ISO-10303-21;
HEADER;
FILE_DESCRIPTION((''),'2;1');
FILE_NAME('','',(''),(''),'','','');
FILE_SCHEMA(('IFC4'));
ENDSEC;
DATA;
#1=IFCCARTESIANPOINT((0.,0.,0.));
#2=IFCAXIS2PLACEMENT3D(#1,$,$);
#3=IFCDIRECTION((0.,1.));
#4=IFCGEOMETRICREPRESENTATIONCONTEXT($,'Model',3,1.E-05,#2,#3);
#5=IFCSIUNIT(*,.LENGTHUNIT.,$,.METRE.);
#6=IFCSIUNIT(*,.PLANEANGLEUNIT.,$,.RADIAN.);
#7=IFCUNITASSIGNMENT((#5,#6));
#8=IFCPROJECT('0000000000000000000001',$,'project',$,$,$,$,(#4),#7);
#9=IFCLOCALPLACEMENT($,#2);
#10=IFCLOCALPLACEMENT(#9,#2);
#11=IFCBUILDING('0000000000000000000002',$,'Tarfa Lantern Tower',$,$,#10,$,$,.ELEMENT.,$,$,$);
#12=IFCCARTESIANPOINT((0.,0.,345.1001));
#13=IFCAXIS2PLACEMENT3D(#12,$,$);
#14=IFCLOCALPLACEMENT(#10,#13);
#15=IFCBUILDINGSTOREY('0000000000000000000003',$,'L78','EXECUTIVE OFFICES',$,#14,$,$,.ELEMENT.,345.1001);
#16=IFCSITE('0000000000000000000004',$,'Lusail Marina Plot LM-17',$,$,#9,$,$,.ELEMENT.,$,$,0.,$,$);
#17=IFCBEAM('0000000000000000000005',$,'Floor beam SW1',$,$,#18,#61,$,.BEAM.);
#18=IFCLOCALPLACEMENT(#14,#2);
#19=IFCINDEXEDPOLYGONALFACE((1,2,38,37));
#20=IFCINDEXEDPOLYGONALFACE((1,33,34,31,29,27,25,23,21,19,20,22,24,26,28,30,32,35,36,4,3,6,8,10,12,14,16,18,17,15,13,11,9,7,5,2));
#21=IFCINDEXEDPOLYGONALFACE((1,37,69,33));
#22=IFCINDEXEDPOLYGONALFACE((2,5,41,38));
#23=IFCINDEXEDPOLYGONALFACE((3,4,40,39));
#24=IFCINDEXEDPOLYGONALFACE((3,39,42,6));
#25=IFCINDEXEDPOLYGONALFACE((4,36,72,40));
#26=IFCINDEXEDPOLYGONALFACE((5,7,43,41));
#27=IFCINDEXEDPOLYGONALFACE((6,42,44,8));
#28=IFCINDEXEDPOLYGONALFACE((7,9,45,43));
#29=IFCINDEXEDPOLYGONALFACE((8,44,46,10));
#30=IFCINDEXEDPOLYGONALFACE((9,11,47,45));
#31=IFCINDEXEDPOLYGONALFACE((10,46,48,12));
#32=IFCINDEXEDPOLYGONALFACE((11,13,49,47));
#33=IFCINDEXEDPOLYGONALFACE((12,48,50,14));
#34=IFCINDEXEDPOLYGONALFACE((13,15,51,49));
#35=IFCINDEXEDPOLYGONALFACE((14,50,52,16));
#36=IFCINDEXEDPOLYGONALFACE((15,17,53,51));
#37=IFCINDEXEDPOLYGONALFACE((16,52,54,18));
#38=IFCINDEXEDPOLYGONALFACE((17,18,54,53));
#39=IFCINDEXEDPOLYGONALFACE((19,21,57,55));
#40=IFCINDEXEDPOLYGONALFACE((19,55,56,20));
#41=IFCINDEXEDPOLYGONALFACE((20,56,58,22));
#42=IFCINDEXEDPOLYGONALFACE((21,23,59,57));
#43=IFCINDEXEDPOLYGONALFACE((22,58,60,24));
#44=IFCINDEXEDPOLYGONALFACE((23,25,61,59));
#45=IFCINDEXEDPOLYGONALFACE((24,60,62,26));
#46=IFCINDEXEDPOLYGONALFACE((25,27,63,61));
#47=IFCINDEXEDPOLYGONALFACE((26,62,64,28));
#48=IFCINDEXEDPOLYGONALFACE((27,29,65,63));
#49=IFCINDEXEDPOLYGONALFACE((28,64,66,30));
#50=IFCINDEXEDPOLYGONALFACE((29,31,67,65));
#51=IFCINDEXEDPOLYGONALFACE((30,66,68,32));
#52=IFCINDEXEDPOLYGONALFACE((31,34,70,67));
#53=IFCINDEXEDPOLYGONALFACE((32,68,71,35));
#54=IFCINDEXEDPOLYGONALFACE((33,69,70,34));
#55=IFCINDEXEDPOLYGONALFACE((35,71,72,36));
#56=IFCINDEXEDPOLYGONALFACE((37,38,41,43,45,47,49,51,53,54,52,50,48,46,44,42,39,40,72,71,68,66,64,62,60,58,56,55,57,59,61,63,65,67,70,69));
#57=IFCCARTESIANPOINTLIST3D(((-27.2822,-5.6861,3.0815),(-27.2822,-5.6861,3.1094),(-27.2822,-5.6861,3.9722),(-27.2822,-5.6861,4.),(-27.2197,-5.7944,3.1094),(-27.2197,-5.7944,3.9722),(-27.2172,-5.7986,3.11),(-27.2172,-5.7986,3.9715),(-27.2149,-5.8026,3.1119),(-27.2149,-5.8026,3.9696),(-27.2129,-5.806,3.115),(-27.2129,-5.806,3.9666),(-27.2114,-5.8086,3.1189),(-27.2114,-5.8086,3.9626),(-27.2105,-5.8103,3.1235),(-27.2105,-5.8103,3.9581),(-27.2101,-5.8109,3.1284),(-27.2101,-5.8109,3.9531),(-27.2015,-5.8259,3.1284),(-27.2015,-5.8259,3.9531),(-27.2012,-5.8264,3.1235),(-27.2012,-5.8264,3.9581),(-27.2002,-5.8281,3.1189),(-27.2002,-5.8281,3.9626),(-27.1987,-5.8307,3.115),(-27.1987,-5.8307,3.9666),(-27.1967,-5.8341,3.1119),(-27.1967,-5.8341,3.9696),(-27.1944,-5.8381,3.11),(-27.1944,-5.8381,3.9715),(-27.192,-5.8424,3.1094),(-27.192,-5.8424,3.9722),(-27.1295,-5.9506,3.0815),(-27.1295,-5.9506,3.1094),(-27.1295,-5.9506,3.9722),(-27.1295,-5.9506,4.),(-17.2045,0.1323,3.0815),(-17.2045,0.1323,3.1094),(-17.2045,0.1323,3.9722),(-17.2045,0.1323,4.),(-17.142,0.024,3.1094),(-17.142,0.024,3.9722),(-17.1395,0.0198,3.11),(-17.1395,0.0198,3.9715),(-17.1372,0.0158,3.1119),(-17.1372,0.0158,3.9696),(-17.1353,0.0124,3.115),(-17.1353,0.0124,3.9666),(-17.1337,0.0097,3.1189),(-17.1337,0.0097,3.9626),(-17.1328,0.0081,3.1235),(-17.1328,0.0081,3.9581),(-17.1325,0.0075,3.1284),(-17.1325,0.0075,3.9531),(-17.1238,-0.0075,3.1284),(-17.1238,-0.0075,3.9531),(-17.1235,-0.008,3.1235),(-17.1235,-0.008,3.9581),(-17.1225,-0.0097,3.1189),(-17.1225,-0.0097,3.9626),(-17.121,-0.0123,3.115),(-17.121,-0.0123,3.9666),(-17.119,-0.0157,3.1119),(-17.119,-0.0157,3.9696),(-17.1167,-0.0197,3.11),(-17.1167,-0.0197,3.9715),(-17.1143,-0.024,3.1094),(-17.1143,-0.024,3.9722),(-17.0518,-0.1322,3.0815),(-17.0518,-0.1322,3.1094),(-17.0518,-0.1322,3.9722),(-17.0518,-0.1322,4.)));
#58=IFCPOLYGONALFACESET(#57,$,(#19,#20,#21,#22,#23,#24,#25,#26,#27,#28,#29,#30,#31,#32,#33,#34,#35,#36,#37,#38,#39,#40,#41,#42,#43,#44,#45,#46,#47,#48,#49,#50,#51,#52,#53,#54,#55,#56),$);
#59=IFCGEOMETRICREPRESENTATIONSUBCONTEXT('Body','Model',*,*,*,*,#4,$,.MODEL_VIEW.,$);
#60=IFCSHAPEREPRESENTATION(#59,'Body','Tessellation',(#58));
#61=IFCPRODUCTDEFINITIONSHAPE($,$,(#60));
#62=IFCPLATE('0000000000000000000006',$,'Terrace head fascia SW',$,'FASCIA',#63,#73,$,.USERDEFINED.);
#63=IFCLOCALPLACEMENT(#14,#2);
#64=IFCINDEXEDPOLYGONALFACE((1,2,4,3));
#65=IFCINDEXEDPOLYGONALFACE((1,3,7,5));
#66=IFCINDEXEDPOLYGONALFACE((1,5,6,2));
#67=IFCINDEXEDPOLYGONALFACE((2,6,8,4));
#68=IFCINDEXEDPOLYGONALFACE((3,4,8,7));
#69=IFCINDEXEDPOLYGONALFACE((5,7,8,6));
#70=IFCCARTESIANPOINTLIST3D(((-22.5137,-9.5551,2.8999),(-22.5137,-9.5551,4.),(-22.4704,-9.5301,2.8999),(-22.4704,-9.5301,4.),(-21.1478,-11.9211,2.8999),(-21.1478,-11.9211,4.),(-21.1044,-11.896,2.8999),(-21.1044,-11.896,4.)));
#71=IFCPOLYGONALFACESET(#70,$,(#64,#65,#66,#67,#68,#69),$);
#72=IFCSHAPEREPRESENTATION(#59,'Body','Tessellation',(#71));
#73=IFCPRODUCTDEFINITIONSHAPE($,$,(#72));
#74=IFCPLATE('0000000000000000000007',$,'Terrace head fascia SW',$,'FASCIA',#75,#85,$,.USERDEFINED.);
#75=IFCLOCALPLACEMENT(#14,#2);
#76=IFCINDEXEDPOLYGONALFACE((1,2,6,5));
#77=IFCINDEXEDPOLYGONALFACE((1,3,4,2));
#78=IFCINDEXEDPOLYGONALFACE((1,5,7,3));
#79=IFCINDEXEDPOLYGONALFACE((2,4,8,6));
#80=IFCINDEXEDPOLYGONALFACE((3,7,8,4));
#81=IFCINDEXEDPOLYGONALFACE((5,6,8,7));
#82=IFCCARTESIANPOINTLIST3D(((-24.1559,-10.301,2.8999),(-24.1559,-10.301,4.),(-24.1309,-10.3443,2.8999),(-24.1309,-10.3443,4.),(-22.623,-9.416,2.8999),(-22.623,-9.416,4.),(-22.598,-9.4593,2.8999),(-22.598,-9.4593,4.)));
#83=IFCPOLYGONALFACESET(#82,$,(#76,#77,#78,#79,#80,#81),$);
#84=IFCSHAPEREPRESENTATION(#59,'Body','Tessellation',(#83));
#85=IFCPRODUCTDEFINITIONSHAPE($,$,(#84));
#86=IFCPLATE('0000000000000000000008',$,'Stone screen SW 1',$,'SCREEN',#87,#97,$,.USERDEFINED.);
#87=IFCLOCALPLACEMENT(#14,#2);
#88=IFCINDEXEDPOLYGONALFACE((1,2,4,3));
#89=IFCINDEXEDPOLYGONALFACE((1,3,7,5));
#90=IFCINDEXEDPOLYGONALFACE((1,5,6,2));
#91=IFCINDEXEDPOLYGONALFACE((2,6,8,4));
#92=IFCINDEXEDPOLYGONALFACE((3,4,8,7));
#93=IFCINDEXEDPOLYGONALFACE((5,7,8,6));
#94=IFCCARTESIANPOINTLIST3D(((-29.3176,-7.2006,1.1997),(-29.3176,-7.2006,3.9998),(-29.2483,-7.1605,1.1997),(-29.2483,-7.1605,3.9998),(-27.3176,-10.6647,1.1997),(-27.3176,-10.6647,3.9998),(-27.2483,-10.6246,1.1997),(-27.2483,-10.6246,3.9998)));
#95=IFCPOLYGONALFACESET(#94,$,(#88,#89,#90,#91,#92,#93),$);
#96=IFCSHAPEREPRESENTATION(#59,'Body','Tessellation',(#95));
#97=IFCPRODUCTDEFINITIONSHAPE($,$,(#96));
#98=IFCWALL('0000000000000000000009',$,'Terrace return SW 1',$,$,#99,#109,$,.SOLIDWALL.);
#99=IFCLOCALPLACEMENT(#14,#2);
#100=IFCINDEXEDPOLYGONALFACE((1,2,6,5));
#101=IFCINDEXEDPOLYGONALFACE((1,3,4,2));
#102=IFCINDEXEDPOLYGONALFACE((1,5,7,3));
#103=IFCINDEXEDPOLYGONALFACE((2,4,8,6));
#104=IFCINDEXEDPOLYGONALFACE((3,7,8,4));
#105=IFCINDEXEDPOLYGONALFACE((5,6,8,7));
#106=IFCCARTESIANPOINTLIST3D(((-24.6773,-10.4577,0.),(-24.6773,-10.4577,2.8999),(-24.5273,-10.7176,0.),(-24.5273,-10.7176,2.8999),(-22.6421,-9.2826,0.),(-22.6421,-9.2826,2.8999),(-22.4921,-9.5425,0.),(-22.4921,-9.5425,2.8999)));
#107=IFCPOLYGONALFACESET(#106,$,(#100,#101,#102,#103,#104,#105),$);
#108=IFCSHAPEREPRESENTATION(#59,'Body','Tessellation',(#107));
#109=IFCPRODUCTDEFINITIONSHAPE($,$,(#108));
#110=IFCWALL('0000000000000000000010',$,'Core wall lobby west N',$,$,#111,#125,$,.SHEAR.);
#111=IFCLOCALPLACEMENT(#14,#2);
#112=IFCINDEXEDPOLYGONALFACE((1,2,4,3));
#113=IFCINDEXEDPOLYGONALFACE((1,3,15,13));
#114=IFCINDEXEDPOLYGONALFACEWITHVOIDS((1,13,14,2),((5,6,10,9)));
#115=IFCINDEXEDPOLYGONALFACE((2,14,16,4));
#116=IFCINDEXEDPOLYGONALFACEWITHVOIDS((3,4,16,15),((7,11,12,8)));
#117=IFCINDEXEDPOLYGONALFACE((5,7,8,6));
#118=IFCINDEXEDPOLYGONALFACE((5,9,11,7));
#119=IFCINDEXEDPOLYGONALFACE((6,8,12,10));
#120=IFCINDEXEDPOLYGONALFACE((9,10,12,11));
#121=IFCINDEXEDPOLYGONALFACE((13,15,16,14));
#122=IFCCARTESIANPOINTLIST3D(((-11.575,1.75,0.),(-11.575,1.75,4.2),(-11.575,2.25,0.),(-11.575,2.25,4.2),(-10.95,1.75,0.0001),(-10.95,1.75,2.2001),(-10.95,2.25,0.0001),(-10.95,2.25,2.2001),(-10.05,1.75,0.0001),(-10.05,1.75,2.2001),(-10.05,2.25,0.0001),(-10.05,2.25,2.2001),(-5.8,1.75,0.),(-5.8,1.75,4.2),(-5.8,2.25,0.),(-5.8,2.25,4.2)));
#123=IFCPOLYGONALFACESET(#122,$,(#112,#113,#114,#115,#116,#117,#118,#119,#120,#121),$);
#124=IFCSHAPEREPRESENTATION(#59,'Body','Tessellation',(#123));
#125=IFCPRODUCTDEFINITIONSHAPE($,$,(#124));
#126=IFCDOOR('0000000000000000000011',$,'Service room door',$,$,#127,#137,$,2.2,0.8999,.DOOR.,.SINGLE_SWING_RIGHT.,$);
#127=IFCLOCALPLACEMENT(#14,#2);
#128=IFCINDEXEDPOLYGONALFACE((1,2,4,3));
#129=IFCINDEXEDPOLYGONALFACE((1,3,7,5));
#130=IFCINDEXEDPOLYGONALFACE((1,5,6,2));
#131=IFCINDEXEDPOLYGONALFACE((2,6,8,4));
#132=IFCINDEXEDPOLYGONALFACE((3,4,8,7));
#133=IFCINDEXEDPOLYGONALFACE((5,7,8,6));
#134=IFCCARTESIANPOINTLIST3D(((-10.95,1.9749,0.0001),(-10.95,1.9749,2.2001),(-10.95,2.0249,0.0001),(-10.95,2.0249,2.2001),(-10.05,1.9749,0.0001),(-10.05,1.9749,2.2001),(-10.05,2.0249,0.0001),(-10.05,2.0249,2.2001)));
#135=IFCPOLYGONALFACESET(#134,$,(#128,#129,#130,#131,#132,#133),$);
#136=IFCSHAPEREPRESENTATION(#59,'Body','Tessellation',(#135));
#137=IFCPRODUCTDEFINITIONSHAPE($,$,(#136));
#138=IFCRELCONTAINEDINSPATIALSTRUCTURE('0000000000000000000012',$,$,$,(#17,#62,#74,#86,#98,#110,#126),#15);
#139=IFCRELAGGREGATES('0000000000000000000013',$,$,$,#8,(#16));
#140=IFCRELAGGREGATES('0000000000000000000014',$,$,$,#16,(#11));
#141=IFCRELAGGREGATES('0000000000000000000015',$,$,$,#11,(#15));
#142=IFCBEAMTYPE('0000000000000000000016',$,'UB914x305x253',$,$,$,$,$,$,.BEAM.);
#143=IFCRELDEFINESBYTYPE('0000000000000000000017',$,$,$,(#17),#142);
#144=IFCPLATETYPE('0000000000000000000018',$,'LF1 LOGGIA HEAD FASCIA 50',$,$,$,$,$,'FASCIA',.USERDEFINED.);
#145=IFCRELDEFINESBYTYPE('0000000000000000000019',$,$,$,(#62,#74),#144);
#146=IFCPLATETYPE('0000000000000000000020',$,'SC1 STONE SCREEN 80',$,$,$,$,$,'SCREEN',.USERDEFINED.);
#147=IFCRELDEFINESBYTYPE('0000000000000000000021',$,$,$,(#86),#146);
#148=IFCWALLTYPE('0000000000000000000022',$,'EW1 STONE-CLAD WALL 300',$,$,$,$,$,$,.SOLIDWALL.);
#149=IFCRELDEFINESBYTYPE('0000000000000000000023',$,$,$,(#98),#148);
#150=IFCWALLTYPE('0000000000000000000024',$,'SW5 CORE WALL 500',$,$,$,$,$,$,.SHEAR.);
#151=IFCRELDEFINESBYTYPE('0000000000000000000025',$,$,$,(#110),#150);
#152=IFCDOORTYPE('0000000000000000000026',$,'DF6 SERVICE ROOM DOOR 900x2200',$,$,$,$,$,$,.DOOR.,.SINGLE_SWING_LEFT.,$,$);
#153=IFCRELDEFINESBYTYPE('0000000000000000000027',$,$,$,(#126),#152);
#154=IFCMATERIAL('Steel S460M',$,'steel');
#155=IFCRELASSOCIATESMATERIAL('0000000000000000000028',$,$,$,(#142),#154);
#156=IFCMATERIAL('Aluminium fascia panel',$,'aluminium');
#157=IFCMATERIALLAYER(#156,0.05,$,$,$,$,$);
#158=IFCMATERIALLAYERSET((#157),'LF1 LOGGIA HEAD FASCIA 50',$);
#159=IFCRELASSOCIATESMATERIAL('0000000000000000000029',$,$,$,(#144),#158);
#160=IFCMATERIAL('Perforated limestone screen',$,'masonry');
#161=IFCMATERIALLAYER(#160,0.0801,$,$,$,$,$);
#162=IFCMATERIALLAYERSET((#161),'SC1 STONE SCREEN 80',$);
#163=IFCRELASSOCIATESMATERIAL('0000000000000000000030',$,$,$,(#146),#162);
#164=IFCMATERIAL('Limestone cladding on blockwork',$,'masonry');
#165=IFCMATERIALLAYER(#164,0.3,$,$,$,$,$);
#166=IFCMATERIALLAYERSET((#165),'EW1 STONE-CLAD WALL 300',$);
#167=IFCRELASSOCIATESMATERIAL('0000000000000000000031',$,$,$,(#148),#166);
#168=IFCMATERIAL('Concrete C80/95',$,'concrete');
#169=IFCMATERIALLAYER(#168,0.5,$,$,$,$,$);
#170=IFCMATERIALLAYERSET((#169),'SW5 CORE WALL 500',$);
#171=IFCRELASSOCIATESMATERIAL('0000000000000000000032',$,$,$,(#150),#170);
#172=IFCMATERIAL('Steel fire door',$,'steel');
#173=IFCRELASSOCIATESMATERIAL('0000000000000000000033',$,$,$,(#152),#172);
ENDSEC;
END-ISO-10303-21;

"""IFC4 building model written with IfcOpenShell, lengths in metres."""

from ifc_helpers import new_model, si_unit, direction, frame, frame_2d, origin, origin_2d, place, context, subcontext, project, spatial, rectangle, i_section, extrude, material, layer, layer_set, material_profile, profile_set, type_object, element, fill, save


model = new_model("IFC4")

# Units and contexts
model_context = context("Model", 3, precision=1e-05, world=origin(), true_north=direction((0.0, 1.0)))
body_context = subcontext(model_context, "Body", "Model", "MODEL_VIEW")
ifc_project = project(units=[si_unit("LENGTHUNIT", "METRE"), si_unit("PLANEANGLEUNIT", "RADIAN")], contexts=[model_context])

# Site, building, storey
site_placement = place(None, origin())
site = spatial("IfcSite", under=ifc_project, at=site_placement, Name="Lusail Marina Plot LM-17", CompositionType="ELEMENT", RefElevation=0.0)
building_placement = place(site_placement, origin())
building = spatial("IfcBuilding", under=site, at=building_placement, Name="Tarfa Lantern Tower", CompositionType="ELEMENT")
storey_placement = place(building_placement, frame((0.0, 0.0, 345.1001)))
storey = spatial("IfcBuildingStorey", under=building, at=storey_placement, Name="L78", Description="EXECUTIVE OFFICES", CompositionType="ELEMENT", Elevation=345.1001)

# Shared definitions
ifc_material_1 = material(Name="Concrete C80/95", Category="concrete")

# Beam
ifc_material_2 = material(Name="Steel S460M", Category="steel")
ifc_material_profile_1 = material_profile(ifc_material_2, i_section(OverallWidth=0.3054, OverallDepth=0.9185, WebThickness=0.0173, FlangeThickness=0.0278, FilletRadius=0.019, at=origin_2d()), Name="UB914x305x253")
ifc_profile_set_1 = profile_set([ifc_material_profile_1], Name="Steel S460M")
beam_type_1 = type_object("IfcBeamType", Name="UB914x305x253", PredefinedType="BEAM", material=ifc_profile_set_1)
beam_1_placement = place(storey_placement, frame((-27.2058, -5.8184, 3.5408), z_axis=(0.866024, 0.500002, 0.0), x_axis=(-0.500002, 0.866024, 0.0)))
element("IfcBeam", 1, at=beam_1_placement, inside=storey, type_object=beam_type_1, Name="Floor beam SW1", PredefinedType="BEAM", context=body_context, shape_type="SweptSolid", body=[
    extrude(i_section(OverallWidth=0.3054, OverallDepth=0.9185, WebThickness=0.0173, FlangeThickness=0.0278, FilletRadius=0.019, at=origin_2d()), origin(), (0.0, 0.0, 1.0), 11.6367),
])

# Plates
ifc_material_3 = material(Name="Aluminium fascia panel", Category="aluminium")
ifc_layer_1 = layer(ifc_material_3, 0.05)
ifc_layer_set_1 = layer_set([ifc_layer_1], Name="LF1 LOGGIA HEAD FASCIA 50")
plate_type_1 = type_object("IfcPlateType", Name="LF1 LOGGIA HEAD FASCIA 50", ElementType="FASCIA", PredefinedType="USERDEFINED", material=ifc_layer_set_1)
plate_1_placement = place(storey_placement, frame((-21.8091, -10.7256, 2.8999), z_axis=(0.0, 0.0, 1.0), x_axis=(0.5, -0.866025, 0.0)))
element("IfcPlate", 2, at=plate_1_placement, inside=storey, type_object=plate_type_1, Name="Terrace head fascia SW", ObjectType="FASCIA", PredefinedType="USERDEFINED", context=body_context, shape_type="SweptSolid", body=[
    extrude(rectangle(XDim=2.7319, YDim=0.05, at=origin_2d()), origin(), (0.0, 0.0, 1.0), 1.1001),
])
plate_2_placement = place(storey_placement, frame((-23.377, -9.8801, 2.8999), z_axis=(0.0, 0.0, 1.0), x_axis=(0.866025, 0.5, 0.0)))
element("IfcPlate", 3, at=plate_2_placement, inside=storey, type_object=plate_type_1, Name="Terrace head fascia SW", ObjectType="FASCIA", PredefinedType="USERDEFINED", context=body_context, shape_type="SweptSolid", body=[
    extrude(rectangle(XDim=1.77, YDim=0.05, at=origin_2d()), origin(), (0.0, 0.0, 1.0), 1.1001),
])
ifc_material_4 = material(Name="Perforated limestone screen", Category="masonry")
ifc_layer_2 = layer(ifc_material_4, 0.0801)
ifc_layer_set_2 = layer_set([ifc_layer_2], Name="SC1 STONE SCREEN 80")
plate_type_2 = type_object("IfcPlateType", Name="SC1 STONE SCREEN 80", ElementType="SCREEN", PredefinedType="USERDEFINED", material=ifc_layer_set_2)
plate_3_placement = place(storey_placement, frame((-28.283, -8.9126, 1.1997), z_axis=(0.0, 0.0, 1.0), x_axis=(0.5, -0.866025, 0.0)))
element("IfcPlate", 4, at=plate_3_placement, inside=storey, type_object=plate_type_2, Name="Stone screen SW 1", ObjectType="SCREEN", PredefinedType="USERDEFINED", context=body_context, shape_type="SweptSolid", body=[
    extrude(rectangle(XDim=4.0, YDim=0.0801, at=origin_2d()), origin(), (0.0, 0.0, 1.0), 2.8),
])

# Shared definitions
ifc_material_5 = material(Name="Limestone cladding on blockwork", Category="masonry")
ifc_layer_3 = layer(ifc_material_5, 0.3)
ifc_layer_set_3 = layer_set([ifc_layer_3], Name="EW1 STONE-CLAD WALL 300")
wall_type_1 = type_object("IfcWallType", Name="EW1 STONE-CLAD WALL 300", PredefinedType="SOLIDWALL", material=ifc_layer_set_3)

# Wall
wall_1_placement = place(storey_placement, frame((-24.6023, -10.5876, 0.0), z_axis=(0.0, 0.0, 1.0), x_axis=(0.866016, 0.500016, 0.0)))
element("IfcWall", 5, at=wall_1_placement, inside=storey, type_object=wall_type_1, Name="Terrace return SW 1", PredefinedType="SOLIDWALL", context=body_context, shape_type="SweptSolid", body=[
    extrude(rectangle(XDim=2.3501, YDim=0.3, at=frame_2d((1.175, 0.0))), origin(), (0.0, 0.0, 1.0), 2.8999),
])

# Wall, opening, door
ifc_layer_4 = layer(ifc_material_1, 0.5)
ifc_layer_set_4 = layer_set([ifc_layer_4], Name="SW5 CORE WALL 500")
wall_type_2 = type_object("IfcWallType", Name="SW5 CORE WALL 500", PredefinedType="SHEAR", material=ifc_layer_set_4)
wall_2_placement = place(storey_placement, frame((-11.575, 2.0, 0.0), z_axis=(0.0, 0.0, 1.0), x_axis=(1.0, 0.0, 0.0)))
wall_2 = element("IfcWall", 6, at=wall_2_placement, inside=storey, type_object=wall_type_2, Name="Core wall lobby west N", PredefinedType="SHEAR", context=body_context, shape_type="SweptSolid", body=[
    extrude(rectangle(XDim=5.7749, YDim=0.5, at=frame_2d((2.8875, 0.0))), origin(), (0.0, 0.0, 1.0), 4.2),
])
opening_1_placement = place(wall_2_placement, frame((0.625, 0.0, 0.0)))
opening_1 = element("IfcOpeningElement", 7, at=opening_1_placement, cuts=wall_2, PredefinedType="OPENING", context=body_context, shape_type="SweptSolid", body=[
    extrude(rectangle(XDim=0.8999, YDim=2.2, at=frame_2d((0.45, 1.1001))), frame((0.0, 0.26, 0.0), z_axis=(0.0, -1.0, 0.0), x_axis=(1.0, 0.0, 0.0)), (0.0, 0.0, 1.0), 0.52),
])
ifc_material_6 = material(Name="Steel fire door", Category="steel")
door_type_1 = type_object("IfcDoorType", Name="DF6 SERVICE ROOM DOOR 900x2200", OperationType="SINGLE_SWING_LEFT", PredefinedType="DOOR", material=ifc_material_6)
door_1_placement = place(opening_1_placement, origin())
door_1 = element("IfcDoor", 8, at=door_1_placement, inside=storey, type_object=door_type_1, Name="Service room door", OperationType="SINGLE_SWING_RIGHT", OverallHeight=2.2, OverallWidth=0.8999, PredefinedType="DOOR", context=body_context, shape_type="SweptSolid", body=[
    extrude(rectangle(XDim=0.8999, YDim=2.2, at=frame_2d((0.45, 1.1001))), frame((0.0, 0.0249, 0.0), z_axis=(0.0, -1.0, 0.0), x_axis=(1.0, 0.0, 0.0)), (0.0, 0.0, 1.0), 0.05),
])
fill(opening_1, door_1)

save(model, "model.ifc")
